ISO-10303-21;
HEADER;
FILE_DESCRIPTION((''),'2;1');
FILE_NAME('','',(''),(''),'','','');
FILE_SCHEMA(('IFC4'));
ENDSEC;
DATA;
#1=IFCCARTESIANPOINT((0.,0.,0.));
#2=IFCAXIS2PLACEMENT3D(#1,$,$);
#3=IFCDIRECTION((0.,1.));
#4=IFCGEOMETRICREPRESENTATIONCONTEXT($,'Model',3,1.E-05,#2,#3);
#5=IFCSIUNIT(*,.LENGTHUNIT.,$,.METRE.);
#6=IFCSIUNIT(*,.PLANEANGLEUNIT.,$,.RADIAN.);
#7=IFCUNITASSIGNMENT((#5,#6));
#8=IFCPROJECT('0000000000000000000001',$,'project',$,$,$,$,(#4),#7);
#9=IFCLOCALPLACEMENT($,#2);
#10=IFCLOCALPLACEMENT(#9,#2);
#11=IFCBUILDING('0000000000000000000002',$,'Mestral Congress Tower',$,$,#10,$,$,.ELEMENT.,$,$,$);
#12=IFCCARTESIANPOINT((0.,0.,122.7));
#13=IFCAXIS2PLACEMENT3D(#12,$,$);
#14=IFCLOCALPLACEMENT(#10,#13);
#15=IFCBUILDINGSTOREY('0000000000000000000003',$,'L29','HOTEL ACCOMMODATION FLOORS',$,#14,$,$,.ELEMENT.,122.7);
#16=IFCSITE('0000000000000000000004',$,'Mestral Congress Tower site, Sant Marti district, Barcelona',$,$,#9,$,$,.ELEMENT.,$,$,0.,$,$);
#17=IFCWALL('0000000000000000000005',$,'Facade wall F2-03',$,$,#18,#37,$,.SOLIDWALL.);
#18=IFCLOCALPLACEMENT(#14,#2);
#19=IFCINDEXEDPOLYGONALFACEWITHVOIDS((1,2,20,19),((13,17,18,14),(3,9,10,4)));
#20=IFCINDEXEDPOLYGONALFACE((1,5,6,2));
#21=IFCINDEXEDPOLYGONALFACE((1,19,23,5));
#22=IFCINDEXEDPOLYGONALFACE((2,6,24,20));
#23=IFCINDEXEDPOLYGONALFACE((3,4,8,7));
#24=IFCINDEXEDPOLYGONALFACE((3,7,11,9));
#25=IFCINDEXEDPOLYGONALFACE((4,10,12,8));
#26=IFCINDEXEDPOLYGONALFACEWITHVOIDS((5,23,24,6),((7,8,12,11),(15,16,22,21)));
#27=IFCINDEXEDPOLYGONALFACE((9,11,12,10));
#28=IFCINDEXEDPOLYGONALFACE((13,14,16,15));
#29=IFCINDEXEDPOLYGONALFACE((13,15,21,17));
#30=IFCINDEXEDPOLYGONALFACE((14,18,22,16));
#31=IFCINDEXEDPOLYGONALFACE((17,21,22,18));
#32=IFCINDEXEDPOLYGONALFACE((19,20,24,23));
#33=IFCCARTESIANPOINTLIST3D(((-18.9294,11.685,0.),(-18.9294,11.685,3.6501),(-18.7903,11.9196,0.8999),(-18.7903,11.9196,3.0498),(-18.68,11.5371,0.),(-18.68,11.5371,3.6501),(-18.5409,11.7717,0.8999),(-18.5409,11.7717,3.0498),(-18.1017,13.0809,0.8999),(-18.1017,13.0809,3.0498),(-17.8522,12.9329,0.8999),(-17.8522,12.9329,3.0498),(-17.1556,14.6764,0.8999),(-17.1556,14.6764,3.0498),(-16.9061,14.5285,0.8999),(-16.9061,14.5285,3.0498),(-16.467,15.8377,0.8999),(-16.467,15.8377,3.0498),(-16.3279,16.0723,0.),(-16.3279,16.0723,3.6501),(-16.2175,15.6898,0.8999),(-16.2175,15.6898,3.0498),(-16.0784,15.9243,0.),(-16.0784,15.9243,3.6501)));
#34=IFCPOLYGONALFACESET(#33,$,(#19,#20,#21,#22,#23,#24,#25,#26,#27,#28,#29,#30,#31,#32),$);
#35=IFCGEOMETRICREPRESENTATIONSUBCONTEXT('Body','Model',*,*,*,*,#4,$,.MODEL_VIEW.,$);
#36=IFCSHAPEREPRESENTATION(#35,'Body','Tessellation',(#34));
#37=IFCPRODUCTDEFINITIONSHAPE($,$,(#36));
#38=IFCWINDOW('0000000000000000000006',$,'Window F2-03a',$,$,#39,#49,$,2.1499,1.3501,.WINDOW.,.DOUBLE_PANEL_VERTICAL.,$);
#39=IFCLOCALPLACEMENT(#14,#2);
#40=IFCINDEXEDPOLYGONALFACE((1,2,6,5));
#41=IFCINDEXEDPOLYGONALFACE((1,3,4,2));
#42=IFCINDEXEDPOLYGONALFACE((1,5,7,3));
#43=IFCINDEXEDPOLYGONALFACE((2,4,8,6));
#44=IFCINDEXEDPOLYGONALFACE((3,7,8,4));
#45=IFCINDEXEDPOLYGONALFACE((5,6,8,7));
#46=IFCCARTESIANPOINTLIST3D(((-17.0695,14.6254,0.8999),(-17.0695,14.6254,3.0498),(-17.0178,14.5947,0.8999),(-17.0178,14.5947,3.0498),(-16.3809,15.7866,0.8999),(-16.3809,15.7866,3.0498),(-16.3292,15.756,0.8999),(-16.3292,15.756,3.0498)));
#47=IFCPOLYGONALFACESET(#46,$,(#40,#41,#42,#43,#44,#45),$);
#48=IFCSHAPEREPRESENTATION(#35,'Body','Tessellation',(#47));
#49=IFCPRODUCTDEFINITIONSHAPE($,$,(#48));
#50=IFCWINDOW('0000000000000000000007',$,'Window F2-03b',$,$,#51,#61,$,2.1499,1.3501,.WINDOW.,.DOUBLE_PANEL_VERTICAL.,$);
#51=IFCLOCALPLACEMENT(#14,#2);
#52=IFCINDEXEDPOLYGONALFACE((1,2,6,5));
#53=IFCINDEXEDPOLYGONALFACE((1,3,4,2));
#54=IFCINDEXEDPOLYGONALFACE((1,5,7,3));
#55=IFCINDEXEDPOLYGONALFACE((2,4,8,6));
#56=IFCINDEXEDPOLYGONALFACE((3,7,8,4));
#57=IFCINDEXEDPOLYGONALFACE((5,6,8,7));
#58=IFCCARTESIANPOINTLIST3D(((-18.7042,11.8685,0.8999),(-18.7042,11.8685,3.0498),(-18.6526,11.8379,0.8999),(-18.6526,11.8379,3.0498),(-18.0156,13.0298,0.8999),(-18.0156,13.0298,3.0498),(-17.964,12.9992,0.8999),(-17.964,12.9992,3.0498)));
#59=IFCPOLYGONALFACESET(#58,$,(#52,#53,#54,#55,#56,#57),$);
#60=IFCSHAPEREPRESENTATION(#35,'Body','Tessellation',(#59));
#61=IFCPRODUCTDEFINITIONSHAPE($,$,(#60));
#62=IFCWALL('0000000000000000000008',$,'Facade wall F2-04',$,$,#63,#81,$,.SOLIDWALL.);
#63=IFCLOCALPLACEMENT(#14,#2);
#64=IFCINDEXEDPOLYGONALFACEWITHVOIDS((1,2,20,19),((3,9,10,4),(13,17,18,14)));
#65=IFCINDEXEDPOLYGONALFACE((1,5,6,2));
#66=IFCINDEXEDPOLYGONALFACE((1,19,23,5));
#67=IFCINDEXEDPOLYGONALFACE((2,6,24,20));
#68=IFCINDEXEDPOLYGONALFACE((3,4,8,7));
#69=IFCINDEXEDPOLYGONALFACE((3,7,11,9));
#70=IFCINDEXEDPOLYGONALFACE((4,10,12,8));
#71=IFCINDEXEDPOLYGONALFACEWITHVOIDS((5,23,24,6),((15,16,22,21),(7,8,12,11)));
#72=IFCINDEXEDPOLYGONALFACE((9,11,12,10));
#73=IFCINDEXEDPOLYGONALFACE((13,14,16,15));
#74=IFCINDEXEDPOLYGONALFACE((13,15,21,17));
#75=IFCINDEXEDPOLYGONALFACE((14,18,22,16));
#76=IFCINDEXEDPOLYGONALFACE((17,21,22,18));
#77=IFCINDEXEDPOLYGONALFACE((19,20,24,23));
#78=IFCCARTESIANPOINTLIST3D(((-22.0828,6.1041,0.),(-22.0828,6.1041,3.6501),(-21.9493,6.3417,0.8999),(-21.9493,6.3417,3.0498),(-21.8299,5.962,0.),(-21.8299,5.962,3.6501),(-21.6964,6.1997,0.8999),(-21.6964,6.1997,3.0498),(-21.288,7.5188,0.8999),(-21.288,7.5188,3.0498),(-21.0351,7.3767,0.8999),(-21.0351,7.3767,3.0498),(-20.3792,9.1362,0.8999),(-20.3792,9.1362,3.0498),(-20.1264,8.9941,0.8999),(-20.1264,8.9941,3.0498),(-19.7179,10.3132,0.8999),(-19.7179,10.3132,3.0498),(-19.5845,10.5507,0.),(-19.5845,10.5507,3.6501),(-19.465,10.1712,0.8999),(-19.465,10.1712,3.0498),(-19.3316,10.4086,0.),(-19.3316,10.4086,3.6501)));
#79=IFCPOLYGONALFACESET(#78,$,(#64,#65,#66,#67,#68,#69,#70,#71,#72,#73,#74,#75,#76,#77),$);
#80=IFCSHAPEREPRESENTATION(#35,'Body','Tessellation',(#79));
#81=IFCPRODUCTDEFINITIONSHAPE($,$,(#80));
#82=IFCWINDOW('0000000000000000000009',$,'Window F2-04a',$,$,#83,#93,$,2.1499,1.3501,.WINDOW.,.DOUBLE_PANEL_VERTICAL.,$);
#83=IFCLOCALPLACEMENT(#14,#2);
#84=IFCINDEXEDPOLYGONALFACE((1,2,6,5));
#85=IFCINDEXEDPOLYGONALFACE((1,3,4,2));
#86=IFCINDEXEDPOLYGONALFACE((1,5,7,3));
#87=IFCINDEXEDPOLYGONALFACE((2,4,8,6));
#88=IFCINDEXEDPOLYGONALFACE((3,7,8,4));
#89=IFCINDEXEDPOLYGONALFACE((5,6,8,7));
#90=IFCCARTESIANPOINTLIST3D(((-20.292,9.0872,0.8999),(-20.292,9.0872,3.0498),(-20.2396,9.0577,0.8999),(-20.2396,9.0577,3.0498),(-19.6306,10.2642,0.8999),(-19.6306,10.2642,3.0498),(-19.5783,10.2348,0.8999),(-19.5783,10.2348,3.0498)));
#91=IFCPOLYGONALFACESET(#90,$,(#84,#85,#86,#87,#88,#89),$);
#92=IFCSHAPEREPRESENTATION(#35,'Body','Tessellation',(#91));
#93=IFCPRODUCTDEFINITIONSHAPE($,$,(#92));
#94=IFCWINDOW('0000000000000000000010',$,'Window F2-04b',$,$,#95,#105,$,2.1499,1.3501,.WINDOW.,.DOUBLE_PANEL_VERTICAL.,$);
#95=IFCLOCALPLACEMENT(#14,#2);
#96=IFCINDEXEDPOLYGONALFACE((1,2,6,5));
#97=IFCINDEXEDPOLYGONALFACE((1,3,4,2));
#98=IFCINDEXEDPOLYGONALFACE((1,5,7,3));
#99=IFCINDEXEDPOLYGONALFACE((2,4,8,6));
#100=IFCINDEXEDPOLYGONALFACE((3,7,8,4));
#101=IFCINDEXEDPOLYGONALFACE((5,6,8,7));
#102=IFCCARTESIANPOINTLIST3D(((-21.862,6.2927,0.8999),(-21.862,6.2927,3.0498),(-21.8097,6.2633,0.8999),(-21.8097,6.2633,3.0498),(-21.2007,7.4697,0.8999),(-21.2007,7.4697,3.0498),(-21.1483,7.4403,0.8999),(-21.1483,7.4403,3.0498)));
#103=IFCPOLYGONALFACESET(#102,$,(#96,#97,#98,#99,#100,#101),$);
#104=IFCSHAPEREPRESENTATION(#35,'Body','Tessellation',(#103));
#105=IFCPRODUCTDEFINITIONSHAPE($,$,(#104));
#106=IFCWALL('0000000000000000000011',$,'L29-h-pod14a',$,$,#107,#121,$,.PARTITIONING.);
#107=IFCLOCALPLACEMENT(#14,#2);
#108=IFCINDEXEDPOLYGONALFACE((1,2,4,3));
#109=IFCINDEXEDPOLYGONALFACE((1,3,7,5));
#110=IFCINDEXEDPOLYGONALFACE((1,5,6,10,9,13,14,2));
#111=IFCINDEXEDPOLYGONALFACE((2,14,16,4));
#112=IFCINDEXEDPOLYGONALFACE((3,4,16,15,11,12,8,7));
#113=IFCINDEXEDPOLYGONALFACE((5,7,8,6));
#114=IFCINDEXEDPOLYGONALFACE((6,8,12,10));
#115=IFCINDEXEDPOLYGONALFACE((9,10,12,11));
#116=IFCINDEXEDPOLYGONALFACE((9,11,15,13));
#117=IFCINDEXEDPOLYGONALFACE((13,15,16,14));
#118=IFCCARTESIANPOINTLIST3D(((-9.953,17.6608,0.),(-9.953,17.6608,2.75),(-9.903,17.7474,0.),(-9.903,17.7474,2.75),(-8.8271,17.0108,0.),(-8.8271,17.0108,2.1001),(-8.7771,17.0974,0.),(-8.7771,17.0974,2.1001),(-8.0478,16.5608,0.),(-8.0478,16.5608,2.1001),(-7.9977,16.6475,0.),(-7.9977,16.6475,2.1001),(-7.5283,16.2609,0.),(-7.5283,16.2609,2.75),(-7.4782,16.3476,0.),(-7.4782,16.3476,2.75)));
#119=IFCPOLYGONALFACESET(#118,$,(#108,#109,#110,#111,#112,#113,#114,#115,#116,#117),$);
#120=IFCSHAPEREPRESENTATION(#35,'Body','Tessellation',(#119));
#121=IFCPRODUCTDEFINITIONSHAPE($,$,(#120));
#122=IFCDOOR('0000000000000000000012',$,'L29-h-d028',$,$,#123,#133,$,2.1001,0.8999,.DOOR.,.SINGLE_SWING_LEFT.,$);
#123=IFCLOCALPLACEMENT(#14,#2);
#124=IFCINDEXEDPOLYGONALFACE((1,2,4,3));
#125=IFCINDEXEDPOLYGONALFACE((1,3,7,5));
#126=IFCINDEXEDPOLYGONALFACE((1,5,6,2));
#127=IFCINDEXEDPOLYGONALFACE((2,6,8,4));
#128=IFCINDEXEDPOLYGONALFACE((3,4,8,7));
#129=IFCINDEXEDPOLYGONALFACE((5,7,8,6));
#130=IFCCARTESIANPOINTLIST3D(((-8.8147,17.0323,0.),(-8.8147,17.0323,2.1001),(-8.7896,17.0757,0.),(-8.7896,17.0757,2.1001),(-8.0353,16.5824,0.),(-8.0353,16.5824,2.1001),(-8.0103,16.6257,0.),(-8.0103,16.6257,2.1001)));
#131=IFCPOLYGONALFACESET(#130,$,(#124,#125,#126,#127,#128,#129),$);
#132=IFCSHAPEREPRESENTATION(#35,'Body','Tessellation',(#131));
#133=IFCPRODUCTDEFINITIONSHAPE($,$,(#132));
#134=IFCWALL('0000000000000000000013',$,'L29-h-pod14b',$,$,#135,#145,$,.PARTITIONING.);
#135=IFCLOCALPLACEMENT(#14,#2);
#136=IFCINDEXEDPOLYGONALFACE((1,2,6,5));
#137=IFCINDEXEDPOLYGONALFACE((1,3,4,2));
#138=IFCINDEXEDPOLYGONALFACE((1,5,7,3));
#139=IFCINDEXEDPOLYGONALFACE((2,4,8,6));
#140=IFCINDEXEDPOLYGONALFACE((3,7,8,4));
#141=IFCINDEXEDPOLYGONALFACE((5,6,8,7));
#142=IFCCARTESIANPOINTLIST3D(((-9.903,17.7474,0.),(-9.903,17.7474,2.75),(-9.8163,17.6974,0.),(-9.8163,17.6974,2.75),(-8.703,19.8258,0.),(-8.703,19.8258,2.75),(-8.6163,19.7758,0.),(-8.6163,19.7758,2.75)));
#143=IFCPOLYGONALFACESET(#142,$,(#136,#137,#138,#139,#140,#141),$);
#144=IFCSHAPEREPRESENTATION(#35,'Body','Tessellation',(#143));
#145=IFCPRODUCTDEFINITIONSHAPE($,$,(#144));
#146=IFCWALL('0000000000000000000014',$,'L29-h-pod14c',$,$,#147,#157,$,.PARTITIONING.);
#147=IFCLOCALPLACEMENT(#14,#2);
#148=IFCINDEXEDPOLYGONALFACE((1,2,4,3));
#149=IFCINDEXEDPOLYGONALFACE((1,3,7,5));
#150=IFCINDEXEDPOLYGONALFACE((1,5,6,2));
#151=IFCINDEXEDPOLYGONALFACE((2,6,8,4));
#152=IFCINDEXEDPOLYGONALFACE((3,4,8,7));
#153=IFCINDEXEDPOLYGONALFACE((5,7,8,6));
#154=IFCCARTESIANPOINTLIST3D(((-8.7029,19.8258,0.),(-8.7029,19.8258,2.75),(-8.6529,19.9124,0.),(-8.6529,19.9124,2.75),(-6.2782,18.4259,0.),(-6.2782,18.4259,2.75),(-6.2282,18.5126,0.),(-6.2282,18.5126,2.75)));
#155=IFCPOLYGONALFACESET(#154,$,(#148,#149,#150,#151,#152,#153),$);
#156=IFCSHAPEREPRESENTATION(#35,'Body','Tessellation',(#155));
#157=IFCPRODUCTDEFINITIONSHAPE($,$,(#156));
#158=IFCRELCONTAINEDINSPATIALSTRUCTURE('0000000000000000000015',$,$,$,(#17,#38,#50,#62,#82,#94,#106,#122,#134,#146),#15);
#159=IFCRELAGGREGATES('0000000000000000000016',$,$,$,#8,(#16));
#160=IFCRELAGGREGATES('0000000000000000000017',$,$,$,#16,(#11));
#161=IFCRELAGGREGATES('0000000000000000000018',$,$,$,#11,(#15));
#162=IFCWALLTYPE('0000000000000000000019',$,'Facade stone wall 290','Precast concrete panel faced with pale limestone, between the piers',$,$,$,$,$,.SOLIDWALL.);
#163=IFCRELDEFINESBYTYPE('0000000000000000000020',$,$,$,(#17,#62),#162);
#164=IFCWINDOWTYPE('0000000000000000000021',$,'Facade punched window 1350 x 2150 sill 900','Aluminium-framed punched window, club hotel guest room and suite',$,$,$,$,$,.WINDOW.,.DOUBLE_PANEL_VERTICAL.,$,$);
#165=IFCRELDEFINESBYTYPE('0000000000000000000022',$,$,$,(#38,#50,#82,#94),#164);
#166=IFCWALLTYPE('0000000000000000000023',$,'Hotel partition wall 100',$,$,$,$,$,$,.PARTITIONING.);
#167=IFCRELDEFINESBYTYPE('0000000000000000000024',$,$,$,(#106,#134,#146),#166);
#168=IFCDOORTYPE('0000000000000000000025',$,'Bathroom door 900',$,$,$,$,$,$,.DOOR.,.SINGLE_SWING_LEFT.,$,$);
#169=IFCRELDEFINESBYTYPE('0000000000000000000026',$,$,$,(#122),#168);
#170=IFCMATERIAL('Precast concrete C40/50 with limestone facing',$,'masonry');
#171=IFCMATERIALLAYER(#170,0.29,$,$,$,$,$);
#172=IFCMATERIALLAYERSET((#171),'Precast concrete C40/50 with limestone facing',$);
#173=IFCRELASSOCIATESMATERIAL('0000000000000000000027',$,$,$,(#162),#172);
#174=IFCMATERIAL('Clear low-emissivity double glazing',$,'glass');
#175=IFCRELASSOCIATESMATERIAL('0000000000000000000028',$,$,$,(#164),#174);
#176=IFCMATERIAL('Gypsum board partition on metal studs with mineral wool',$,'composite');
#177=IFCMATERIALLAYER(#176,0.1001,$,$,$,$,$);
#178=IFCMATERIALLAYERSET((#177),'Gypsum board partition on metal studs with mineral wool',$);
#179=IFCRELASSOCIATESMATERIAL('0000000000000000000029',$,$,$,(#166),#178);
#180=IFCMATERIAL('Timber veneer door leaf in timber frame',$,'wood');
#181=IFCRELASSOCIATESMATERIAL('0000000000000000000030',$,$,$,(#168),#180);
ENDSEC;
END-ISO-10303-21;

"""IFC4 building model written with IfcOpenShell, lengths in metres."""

from ifc_helpers import new_model, si_unit, direction, frame, frame_2d, origin, place, context, subcontext, project, spatial, rectangle, extrude, material, layer, layer_set, type_object, element, fill, save


model = new_model("IFC4")

# Units and contexts
model_context = context("Model", 3, precision=1e-05, world=origin(), true_north=direction((0.0, 1.0)))
body_context = subcontext(model_context, "Body", "Model", "MODEL_VIEW")
ifc_project = project(units=[si_unit("LENGTHUNIT", "METRE"), si_unit("PLANEANGLEUNIT", "RADIAN")], contexts=[model_context])

# Site, building, storey
site_placement = place(None, origin())
site = spatial("IfcSite", under=ifc_project, at=site_placement, Name="Mestral Congress Tower site, Sant Marti district, Barcelona", CompositionType="ELEMENT", RefElevation=0.0)
building_placement = place(site_placement, origin())
building = spatial("IfcBuilding", under=site, at=building_placement, Name="Mestral Congress Tower", CompositionType="ELEMENT")
storey_placement = place(building_placement, frame((0.0, 0.0, 122.7)))
storey = spatial("IfcBuildingStorey", under=building, at=storey_placement, Name="L29", Description="HOTEL ACCOMMODATION FLOORS", CompositionType="ELEMENT", Elevation=122.7)

# Walls, openings, windows
ifc_material_1 = material(Name="Precast concrete C40/50 with limestone facing", Category="masonry")
ifc_layer_1 = layer(ifc_material_1, 0.29)
ifc_layer_set_1 = layer_set([ifc_layer_1], Name="Precast concrete C40/50 with limestone facing")
wall_type_1 = type_object("IfcWallType", Name="Facade stone wall 290", Description="Precast concrete panel faced with pale limestone, between the piers", PredefinedType="SOLIDWALL", material=ifc_layer_set_1)
ifc_material_2 = material(Name="Clear low-emissivity double glazing", Category="glass")
window_type = type_object("IfcWindowType", Name="Facade punched window 1350 x 2150 sill 900", Description="Aluminium-framed punched window, club hotel guest room and suite", PartitioningType="DOUBLE_PANEL_VERTICAL", PredefinedType="WINDOW", material=ifc_material_2)
wall_1_placement = place(storey_placement, frame((-16.2031, 15.9983, 0.0), z_axis=(0.0, 0.0, 1.0), x_axis=(-0.510054, -0.860142, 0.0)))
wall_1 = element("IfcWall", 1, at=wall_1_placement, inside=storey, type_object=wall_type_1, Name="Facade wall F2-03", PredefinedType="SOLIDWALL", context=body_context, shape_type="SweptSolid", body=[
    extrude(rectangle(XDim=5.1006, YDim=0.29, at=frame_2d((2.5503, 0.0))), origin(), (0.0, 0.0, 1.0), 3.6501),
])
opening_1_placement = place(wall_1_placement, frame((0.2727, 0.0, 0.8999)))
opening_1 = element("IfcOpeningElement", 2, at=opening_1_placement, cuts=wall_1, PredefinedType="OPENING", context=body_context, shape_type="SweptSolid", body=[
    extrude(rectangle(XDim=1.3501, YDim=2.1499, at=frame_2d((0.675, 1.075))), frame((0.0, 0.155, 0.0), z_axis=(0.0, -1.0, 0.0), x_axis=(1.0, 0.0, 0.0)), (0.0, 0.0, 1.0), 0.3101),
])
opening_2_placement = place(wall_1_placement, frame((3.4778, 0.0, 0.8999)))
opening_2 = element("IfcOpeningElement", 3, at=opening_2_placement, cuts=wall_1, PredefinedType="OPENING", context=body_context, shape_type="SweptSolid", body=[
    extrude(rectangle(XDim=1.3501, YDim=2.1499, at=frame_2d((0.675, 1.075))), frame((0.0, 0.155, 0.0), z_axis=(0.0, -1.0, 0.0), x_axis=(1.0, 0.0, 0.0)), (0.0, 0.0, 1.0), 0.3101),
])
window_1_placement = place(opening_1_placement, origin())
window_1 = element("IfcWindow", 4, at=window_1_placement, inside=storey, type_object=window_type, Name="Window F2-03a", OverallHeight=2.1499, OverallWidth=1.3501, PartitioningType="DOUBLE_PANEL_VERTICAL", PredefinedType="WINDOW", context=body_context, shape_type="SweptSolid", body=[
    extrude(rectangle(XDim=1.3501, YDim=2.1499, at=frame_2d((0.675, 1.075))), frame((0.0, 0.0151, 0.0), z_axis=(0.0, -1.0, 0.0), x_axis=(1.0, 0.0, 0.0)), (0.0, 0.0, 1.0), 0.0601),
])
fill(opening_1, window_1)
window_2_placement = place(opening_2_placement, origin())
window_2 = element("IfcWindow", 5, at=window_2_placement, inside=storey, type_object=window_type, Name="Window F2-03b", OverallHeight=2.1499, OverallWidth=1.3501, PartitioningType="DOUBLE_PANEL_VERTICAL", PredefinedType="WINDOW", context=body_context, shape_type="SweptSolid", body=[
    extrude(rectangle(XDim=1.3501, YDim=2.1499, at=frame_2d((0.675, 1.075))), frame((0.0, 0.0151, 0.0), z_axis=(0.0, -1.0, 0.0), x_axis=(1.0, 0.0, 0.0)), (0.0, 0.0, 1.0), 0.0601),
])
fill(opening_2, window_2)
wall_2_placement = place(storey_placement, frame((-19.458, 10.4797, 0.0), z_axis=(0.0, 0.0, 1.0), x_axis=(-0.489832, -0.871817, 0.0)))
wall_2 = element("IfcWall", 6, at=wall_2_placement, inside=storey, type_object=wall_type_1, Name="Facade wall F2-04", PredefinedType="SOLIDWALL", context=body_context, shape_type="SweptSolid", body=[
    extrude(rectangle(XDim=5.1003, YDim=0.29, at=frame_2d((2.5503, 0.0))), origin(), (0.0, 0.0, 1.0), 3.6501),
])
opening_3_placement = place(wall_2_placement, frame((0.2725, 0.0, 0.8999)))
opening_3 = element("IfcOpeningElement", 7, at=opening_3_placement, cuts=wall_2, PredefinedType="OPENING", context=body_context, shape_type="SweptSolid", body=[
    extrude(rectangle(XDim=1.3501, YDim=2.1499, at=frame_2d((0.675, 1.075))), frame((0.0, 0.155, 0.0), z_axis=(0.0, -1.0, 0.0), x_axis=(1.0, 0.0, 0.0)), (0.0, 0.0, 1.0), 0.3101),
])
opening_4_placement = place(wall_2_placement, frame((3.4778, 0.0, 0.8999)))
opening_4 = element("IfcOpeningElement", 8, at=opening_4_placement, cuts=wall_2, PredefinedType="OPENING", context=body_context, shape_type="SweptSolid", body=[
    extrude(rectangle(XDim=1.3501, YDim=2.1499, at=frame_2d((0.675, 1.075))), frame((0.0, 0.155, 0.0), z_axis=(0.0, -1.0, 0.0), x_axis=(1.0, 0.0, 0.0)), (0.0, 0.0, 1.0), 0.3101),
])
window_3_placement = place(opening_3_placement, origin())
window_3 = element("IfcWindow", 9, at=window_3_placement, inside=storey, type_object=window_type, Name="Window F2-04a", OverallHeight=2.1499, OverallWidth=1.3501, PartitioningType="DOUBLE_PANEL_VERTICAL", PredefinedType="WINDOW", context=body_context, shape_type="SweptSolid", body=[
    extrude(rectangle(XDim=1.3501, YDim=2.1499, at=frame_2d((0.675, 1.075))), frame((0.0, 0.0151, 0.0), z_axis=(0.0, -1.0, 0.0), x_axis=(1.0, 0.0, 0.0)), (0.0, 0.0, 1.0), 0.0601),
])
fill(opening_3, window_3)
window_4_placement = place(opening_4_placement, origin())
window_4 = element("IfcWindow", 10, at=window_4_placement, inside=storey, type_object=window_type, Name="Window F2-04b", OverallHeight=2.1499, OverallWidth=1.3501, PartitioningType="DOUBLE_PANEL_VERTICAL", PredefinedType="WINDOW", context=body_context, shape_type="SweptSolid", body=[
    extrude(rectangle(XDim=1.3501, YDim=2.1499, at=frame_2d((0.675, 1.075))), frame((0.0, 0.0151, 0.0), z_axis=(0.0, -1.0, 0.0), x_axis=(1.0, 0.0, 0.0)), (0.0, 0.0, 1.0), 0.0601),
])
fill(opening_4, window_4)

# Wall, opening, door
ifc_material_3 = material(Name="Gypsum board partition on metal studs with mineral wool", Category="composite")
ifc_layer_2 = layer(ifc_material_3, 0.1001)
ifc_layer_set_2 = layer_set([ifc_layer_2], Name="Gypsum board partition on metal studs with mineral wool")
wall_type_2 = type_object("IfcWallType", Name="Hotel partition wall 100", PredefinedType="PARTITIONING", material=ifc_layer_set_2)
wall_3_placement = place(storey_placement, frame((-9.928, 17.7041, 0.0), z_axis=(0.0, 0.0, 1.0), x_axis=(0.866035, -0.499984, 0.0)))
wall_3 = element("IfcWall", 11, at=wall_3_placement, inside=storey, type_object=wall_type_2, Name="L29-h-pod14a", PredefinedType="PARTITIONING", context=body_context, shape_type="SweptSolid", body=[
    extrude(rectangle(XDim=2.7998, YDim=0.1001, at=frame_2d((1.3999, 0.0))), origin(), (0.0, 0.0, 1.0), 2.75),
])
opening_5_placement = place(wall_3_placement, frame((1.3, 0.0, 0.0)))
opening_5 = element("IfcOpeningElement", 12, at=opening_5_placement, cuts=wall_3, PredefinedType="OPENING", context=body_context, shape_type="SweptSolid", body=[
    extrude(rectangle(XDim=0.8999, YDim=2.1001, at=frame_2d((0.45, 1.05))), frame((0.0, 0.0601, 0.0), z_axis=(0.0, -1.0, 0.0), x_axis=(1.0, 0.0, 0.0)), (0.0, 0.0, 1.0), 0.1201),
])
ifc_material_4 = material(Name="Timber veneer door leaf in timber frame", Category="wood")
door_type_1 = type_object("IfcDoorType", Name="Bathroom door 900", OperationType="SINGLE_SWING_LEFT", PredefinedType="DOOR", material=ifc_material_4)
door_1_placement = place(opening_5_placement, origin())
door_1 = element("IfcDoor", 13, at=door_1_placement, inside=storey, type_object=door_type_1, Name="L29-h-d028", OperationType="SINGLE_SWING_LEFT", OverallHeight=2.1001, OverallWidth=0.8999, PredefinedType="DOOR", context=body_context, shape_type="SweptSolid", body=[
    extrude(rectangle(XDim=0.8999, YDim=2.1001, at=frame_2d((0.45, 1.05))), frame((0.0, 0.0249, 0.0), z_axis=(0.0, -1.0, 0.0), x_axis=(1.0, 0.0, 0.0)), (0.0, 0.0, 1.0), 0.05),
])
fill(opening_5, door_1)

# Walls
wall_4_placement = place(storey_placement, frame((-9.8596, 17.7224, 0.0), z_axis=(0.0, 0.0, 1.0), x_axis=(0.500001, 0.866025, 0.0)))
element("IfcWall", 14, at=wall_4_placement, inside=storey, type_object=wall_type_2, Name="L29-h-pod14b", PredefinedType="PARTITIONING", context=body_context, shape_type="SweptSolid", body=[
    extrude(rectangle(XDim=2.3999, YDim=0.1001, at=frame_2d((1.2, 0.0))), origin(), (0.0, 0.0, 1.0), 2.75),
])
wall_5_placement = place(storey_placement, frame((-6.2532, 18.4692, 0.0), z_axis=(0.0, 0.0, 1.0), x_axis=(-0.866035, 0.499984, 0.0)))
element("IfcWall", 15, at=wall_5_placement, inside=storey, type_object=wall_type_2, Name="L29-h-pod14c", PredefinedType="PARTITIONING", context=body_context, shape_type="SweptSolid", body=[
    extrude(rectangle(XDim=2.7998, YDim=0.1001, at=frame_2d((1.3999, 0.0))), origin(), (0.0, 0.0, 1.0), 2.75),
])

save(model, "model.ifc")
